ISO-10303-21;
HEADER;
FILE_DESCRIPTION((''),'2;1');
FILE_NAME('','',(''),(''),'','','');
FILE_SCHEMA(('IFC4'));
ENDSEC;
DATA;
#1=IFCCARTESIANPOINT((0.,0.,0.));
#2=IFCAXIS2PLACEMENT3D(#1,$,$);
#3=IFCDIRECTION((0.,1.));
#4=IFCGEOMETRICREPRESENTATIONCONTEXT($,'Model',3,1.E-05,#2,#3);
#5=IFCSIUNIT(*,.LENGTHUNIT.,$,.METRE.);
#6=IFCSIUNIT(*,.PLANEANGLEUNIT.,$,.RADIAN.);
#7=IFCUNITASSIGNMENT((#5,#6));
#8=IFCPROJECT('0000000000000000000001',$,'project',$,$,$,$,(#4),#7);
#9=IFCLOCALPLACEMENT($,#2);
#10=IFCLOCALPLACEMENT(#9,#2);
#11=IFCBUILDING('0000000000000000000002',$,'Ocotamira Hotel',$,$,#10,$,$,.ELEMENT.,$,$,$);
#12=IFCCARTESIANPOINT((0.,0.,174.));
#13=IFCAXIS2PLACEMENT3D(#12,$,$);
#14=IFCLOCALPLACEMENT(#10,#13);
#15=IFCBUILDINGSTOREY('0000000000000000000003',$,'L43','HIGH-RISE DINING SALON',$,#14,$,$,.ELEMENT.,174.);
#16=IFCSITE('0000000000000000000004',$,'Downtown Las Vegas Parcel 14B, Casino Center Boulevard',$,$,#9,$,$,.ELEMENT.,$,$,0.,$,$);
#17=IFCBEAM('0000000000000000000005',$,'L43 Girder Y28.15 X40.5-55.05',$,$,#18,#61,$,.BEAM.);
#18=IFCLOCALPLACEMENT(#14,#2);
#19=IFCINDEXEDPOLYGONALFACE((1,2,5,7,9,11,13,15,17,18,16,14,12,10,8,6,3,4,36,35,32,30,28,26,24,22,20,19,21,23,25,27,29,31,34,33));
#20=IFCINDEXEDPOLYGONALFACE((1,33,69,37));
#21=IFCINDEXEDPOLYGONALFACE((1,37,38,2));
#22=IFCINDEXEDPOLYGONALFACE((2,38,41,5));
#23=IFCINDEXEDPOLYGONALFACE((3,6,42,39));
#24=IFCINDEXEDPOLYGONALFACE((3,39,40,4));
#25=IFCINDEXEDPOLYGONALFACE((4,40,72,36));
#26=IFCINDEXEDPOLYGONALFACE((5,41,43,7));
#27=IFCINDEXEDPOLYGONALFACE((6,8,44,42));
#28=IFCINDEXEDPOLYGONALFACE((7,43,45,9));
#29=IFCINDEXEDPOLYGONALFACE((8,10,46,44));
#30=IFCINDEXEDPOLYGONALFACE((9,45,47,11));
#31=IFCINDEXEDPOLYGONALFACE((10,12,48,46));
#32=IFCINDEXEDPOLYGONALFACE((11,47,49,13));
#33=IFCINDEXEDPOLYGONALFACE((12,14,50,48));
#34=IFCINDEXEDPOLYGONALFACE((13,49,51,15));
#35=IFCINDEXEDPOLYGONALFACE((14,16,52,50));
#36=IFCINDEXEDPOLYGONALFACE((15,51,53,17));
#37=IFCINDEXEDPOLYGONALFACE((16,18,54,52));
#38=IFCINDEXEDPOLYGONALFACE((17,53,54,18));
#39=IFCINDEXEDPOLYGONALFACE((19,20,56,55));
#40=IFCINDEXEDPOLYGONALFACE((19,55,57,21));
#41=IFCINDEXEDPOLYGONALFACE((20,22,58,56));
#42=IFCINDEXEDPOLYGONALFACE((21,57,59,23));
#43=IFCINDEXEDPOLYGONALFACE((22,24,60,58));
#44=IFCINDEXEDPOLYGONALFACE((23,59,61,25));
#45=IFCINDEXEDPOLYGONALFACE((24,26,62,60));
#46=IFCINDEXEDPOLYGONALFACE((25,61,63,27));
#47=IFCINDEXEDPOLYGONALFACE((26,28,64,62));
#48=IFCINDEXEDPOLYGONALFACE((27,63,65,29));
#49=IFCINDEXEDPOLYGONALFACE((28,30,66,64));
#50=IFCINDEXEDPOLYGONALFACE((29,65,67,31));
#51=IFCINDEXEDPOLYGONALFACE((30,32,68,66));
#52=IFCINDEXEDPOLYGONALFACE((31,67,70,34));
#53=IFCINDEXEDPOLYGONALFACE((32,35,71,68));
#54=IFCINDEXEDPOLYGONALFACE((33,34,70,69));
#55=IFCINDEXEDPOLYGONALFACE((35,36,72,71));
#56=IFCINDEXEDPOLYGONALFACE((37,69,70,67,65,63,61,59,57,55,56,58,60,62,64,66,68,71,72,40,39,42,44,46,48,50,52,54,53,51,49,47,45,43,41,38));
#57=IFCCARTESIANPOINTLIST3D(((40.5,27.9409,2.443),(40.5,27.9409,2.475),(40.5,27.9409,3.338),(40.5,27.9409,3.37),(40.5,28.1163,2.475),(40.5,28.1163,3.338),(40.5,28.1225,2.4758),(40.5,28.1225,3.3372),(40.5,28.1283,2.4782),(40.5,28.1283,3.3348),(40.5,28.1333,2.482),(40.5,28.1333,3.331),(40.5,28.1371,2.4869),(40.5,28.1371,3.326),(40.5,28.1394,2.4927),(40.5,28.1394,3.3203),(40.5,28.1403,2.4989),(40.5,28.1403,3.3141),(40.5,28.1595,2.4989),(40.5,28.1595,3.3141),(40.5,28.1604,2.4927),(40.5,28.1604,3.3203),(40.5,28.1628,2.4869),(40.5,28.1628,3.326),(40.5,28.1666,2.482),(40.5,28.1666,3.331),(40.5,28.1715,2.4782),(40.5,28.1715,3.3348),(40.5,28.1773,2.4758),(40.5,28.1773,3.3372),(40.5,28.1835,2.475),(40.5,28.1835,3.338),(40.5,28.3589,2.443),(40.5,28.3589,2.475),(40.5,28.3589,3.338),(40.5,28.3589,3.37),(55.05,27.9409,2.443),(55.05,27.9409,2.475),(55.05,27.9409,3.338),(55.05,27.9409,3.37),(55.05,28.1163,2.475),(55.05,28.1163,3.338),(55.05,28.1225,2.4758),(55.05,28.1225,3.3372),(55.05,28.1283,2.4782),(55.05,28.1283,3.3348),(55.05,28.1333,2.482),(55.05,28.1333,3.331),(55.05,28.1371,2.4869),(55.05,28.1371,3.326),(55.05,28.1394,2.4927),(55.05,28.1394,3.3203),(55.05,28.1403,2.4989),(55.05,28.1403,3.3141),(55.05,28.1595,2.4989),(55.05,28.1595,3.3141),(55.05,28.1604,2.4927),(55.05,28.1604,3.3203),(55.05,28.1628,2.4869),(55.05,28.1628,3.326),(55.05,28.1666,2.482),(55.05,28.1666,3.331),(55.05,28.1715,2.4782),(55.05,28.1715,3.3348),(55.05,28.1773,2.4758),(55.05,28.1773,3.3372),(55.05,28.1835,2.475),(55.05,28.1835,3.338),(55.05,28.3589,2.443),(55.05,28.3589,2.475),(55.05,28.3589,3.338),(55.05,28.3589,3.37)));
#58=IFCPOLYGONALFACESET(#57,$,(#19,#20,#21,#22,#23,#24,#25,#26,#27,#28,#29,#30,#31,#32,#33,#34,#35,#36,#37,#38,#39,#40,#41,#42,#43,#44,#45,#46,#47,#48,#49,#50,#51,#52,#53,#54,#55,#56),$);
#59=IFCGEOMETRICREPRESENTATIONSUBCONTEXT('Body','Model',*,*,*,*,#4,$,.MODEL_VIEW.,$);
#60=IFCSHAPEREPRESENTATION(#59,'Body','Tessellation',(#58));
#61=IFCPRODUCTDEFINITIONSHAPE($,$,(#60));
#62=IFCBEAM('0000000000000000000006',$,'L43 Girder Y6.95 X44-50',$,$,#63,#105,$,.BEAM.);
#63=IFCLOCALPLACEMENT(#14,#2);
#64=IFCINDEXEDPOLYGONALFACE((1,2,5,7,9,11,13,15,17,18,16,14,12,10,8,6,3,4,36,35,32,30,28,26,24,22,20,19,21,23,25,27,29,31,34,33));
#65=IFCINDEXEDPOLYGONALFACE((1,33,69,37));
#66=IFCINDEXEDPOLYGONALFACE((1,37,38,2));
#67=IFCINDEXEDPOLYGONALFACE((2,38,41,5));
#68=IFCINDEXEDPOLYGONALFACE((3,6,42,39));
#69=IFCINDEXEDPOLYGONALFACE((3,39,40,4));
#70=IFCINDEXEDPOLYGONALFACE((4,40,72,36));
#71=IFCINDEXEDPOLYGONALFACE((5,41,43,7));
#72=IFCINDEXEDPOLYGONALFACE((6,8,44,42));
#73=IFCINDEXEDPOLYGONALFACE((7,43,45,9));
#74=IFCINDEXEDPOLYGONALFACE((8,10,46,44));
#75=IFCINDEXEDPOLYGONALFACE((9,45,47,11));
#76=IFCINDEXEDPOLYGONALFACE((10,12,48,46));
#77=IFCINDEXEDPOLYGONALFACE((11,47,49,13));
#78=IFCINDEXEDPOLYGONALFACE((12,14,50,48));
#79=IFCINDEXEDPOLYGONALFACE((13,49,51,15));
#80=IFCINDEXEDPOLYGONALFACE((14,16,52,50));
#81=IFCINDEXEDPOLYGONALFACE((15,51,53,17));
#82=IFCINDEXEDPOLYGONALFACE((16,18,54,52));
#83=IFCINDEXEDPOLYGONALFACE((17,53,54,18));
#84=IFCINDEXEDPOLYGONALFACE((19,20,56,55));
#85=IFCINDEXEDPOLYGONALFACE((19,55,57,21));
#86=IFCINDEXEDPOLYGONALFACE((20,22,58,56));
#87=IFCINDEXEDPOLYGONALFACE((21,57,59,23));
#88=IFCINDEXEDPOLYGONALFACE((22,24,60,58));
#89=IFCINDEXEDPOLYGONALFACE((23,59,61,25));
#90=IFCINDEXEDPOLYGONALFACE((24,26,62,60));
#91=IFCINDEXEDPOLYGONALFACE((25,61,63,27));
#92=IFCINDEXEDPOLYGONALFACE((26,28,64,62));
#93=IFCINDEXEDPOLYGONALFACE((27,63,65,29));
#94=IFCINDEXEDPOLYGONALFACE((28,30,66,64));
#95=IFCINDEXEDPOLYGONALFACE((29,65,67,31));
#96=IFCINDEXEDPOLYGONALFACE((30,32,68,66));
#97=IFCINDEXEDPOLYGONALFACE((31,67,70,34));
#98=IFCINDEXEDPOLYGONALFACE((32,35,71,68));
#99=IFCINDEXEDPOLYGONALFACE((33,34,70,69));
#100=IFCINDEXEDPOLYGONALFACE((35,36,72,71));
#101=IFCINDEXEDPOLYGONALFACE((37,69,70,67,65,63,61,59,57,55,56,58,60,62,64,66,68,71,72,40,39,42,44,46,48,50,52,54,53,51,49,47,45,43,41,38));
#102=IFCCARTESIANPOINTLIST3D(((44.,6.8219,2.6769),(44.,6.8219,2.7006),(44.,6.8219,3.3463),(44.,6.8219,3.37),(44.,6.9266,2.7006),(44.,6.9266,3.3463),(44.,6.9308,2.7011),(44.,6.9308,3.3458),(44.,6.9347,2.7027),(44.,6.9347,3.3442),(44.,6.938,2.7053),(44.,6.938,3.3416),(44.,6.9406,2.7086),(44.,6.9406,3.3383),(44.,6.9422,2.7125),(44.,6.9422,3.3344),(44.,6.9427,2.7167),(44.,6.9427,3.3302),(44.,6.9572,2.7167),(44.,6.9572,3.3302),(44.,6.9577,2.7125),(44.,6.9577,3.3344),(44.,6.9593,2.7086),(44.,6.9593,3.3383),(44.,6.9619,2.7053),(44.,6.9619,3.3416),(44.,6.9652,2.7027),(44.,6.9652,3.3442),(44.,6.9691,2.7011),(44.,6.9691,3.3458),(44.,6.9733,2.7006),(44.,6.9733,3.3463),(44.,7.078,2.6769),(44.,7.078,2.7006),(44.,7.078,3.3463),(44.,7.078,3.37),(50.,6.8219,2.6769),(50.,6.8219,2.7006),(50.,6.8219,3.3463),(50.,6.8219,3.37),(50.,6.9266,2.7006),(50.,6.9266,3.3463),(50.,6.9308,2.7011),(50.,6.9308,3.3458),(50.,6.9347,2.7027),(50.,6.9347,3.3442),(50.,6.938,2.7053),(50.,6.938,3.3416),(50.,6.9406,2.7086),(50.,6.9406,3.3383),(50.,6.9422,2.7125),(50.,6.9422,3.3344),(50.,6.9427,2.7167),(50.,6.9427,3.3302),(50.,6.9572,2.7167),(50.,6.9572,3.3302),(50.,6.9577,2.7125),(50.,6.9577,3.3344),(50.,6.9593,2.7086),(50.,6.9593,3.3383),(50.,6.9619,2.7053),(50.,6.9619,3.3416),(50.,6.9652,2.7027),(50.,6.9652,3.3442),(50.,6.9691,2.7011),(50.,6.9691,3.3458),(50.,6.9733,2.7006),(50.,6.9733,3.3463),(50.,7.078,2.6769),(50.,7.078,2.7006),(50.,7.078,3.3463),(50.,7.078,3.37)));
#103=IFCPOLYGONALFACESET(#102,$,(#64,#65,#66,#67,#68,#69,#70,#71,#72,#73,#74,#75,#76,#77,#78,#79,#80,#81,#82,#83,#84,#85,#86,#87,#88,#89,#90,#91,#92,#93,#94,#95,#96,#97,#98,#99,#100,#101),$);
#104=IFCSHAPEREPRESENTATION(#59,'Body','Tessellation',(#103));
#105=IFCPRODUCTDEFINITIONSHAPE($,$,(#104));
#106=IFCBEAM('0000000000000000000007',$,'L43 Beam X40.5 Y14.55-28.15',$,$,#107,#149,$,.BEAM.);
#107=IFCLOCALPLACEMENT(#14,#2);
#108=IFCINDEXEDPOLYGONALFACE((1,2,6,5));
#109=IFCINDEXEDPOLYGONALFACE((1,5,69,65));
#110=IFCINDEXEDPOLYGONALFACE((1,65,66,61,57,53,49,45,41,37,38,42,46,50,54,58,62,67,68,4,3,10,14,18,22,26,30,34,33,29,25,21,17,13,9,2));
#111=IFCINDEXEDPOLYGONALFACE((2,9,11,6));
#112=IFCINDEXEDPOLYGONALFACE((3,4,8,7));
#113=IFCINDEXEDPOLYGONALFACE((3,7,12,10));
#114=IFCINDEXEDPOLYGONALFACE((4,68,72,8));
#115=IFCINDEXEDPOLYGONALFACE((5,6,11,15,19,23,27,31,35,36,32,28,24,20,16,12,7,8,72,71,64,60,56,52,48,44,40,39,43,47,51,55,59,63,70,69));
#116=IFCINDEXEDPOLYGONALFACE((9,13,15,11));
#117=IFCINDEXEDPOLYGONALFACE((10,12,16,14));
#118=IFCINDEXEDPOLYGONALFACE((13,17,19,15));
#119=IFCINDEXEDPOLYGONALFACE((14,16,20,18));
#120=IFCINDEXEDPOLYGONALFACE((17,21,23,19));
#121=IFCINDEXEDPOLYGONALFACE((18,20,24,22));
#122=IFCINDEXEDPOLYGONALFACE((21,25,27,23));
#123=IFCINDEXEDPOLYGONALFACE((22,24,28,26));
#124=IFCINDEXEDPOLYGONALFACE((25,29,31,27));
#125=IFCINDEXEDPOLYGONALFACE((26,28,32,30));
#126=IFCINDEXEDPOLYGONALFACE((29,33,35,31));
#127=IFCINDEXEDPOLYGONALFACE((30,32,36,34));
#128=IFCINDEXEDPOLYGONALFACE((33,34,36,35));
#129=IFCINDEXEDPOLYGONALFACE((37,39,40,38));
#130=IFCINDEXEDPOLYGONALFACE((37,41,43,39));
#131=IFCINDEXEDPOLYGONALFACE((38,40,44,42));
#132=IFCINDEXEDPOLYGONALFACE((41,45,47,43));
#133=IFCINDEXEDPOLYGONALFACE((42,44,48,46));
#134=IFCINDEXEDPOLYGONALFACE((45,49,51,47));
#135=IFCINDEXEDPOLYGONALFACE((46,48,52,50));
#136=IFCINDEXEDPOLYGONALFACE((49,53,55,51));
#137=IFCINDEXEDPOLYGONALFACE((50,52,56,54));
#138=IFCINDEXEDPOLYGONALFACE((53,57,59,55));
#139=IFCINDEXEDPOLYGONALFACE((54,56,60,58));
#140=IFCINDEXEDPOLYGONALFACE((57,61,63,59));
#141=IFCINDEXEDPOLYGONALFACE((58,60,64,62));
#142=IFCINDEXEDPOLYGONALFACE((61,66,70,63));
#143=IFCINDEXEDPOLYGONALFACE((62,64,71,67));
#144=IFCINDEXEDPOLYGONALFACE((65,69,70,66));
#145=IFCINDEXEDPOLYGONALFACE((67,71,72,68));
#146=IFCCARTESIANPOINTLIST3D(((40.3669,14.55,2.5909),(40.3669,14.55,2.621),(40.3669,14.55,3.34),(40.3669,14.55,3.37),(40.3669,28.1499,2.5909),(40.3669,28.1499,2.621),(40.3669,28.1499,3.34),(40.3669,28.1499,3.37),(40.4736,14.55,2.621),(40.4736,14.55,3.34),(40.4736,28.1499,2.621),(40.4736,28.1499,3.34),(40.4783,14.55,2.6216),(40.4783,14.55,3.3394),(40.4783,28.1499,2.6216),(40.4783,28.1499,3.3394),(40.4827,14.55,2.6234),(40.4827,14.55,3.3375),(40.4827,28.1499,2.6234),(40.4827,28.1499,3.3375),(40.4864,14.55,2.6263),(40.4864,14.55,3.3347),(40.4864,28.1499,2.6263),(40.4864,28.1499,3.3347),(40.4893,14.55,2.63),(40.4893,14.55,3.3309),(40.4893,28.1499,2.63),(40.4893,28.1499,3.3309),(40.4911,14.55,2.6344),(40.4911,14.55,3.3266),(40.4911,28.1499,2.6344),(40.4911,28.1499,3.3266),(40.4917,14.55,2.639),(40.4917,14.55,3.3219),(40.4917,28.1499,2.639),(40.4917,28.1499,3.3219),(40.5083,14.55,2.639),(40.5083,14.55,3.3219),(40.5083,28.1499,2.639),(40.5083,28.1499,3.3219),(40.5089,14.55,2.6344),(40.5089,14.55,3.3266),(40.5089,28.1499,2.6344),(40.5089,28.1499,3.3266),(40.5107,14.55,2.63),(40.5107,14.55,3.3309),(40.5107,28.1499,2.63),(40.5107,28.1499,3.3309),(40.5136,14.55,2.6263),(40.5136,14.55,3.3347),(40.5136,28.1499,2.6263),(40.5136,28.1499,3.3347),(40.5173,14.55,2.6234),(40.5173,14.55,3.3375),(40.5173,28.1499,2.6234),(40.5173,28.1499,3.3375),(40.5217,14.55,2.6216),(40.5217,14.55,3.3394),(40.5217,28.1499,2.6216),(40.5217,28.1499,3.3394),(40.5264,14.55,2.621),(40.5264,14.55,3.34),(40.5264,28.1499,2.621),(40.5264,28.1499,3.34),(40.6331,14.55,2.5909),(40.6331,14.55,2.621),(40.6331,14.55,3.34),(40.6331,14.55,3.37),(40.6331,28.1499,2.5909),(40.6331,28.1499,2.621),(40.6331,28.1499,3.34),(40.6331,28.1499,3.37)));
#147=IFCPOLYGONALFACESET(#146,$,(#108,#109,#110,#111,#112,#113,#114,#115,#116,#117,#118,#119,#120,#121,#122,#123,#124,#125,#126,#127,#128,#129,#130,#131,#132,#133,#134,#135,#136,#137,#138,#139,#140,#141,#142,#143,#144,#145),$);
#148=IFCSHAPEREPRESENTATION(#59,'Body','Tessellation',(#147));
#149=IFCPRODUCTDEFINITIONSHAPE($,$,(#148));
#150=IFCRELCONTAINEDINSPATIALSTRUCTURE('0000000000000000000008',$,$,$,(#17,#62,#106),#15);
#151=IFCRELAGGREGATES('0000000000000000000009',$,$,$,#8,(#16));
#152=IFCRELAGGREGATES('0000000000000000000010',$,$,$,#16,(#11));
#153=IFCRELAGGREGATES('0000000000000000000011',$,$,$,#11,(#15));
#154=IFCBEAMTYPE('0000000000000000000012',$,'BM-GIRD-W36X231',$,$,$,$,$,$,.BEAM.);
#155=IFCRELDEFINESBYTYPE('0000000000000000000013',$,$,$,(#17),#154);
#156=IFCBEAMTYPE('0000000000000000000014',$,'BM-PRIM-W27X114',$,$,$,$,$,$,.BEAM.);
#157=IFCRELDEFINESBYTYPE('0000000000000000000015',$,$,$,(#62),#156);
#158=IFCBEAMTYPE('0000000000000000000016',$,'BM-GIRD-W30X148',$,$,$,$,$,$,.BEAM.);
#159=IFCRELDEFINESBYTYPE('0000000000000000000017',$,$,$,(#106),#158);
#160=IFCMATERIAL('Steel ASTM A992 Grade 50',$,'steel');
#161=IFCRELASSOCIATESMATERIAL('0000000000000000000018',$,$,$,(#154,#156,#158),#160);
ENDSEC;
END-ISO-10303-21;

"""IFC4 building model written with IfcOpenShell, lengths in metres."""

from ifc_helpers import new_model, si_unit, direction, frame, origin, origin_2d, place, context, subcontext, project, spatial, i_section, extrude, source, transform, mapped, material, material_profile, profile_set, type_object, element, save


model = new_model("IFC4")

# Units and contexts
model_context = context("Model", 3, precision=1e-05, world=origin(), true_north=direction((0.0, 1.0)))
body_context = subcontext(model_context, "Body", "Model", "MODEL_VIEW")
ifc_project = project(units=[si_unit("LENGTHUNIT", "METRE"), si_unit("PLANEANGLEUNIT", "RADIAN")], contexts=[model_context])

# Site, building, storey
site_placement = place(None, origin())
site = spatial("IfcSite", under=ifc_project, at=site_placement, Name="Downtown Las Vegas Parcel 14B, Casino Center Boulevard", CompositionType="ELEMENT", RefElevation=0.0)
building_placement = place(site_placement, origin())
building = spatial("IfcBuilding", under=site, at=building_placement, Name="Ocotamira Hotel", CompositionType="ELEMENT")
storey_placement = place(building_placement, frame((0.0, 0.0, 174.0)))
storey = spatial("IfcBuildingStorey", under=building, at=storey_placement, Name="L43", Description="HIGH-RISE DINING SALON", CompositionType="ELEMENT", Elevation=174.0)

# Beams
ifc_material_1 = material(Name="Steel ASTM A992 Grade 50", Category="steel")
ifc_material_profile_1 = material_profile(ifc_material_1, i_section(OverallWidth=0.418, OverallDepth=0.927, WebThickness=0.0193, FlangeThickness=0.032, FilletRadius=0.0239, at=origin_2d()), Name="W36X231")
ifc_profile_set_1 = profile_set([ifc_material_profile_1], Name="Steel ASTM A992 Grade 50")
beam_type_1 = type_object("IfcBeamType", Name="BM-GIRD-W36X231", PredefinedType="BEAM", material=ifc_profile_set_1)
shared_shape_1 = source(origin(), body_context, "Body", "SweptSolid", [
    extrude(i_section(OverallWidth=0.418, OverallDepth=0.927, WebThickness=0.0193, FlangeThickness=0.032, FilletRadius=0.0239, at=origin_2d()), origin(), (0.0, 0.0, 1.0), 14.55),
])
for number, where, z_axis, x_axis, name in (
    (1, (40.5, 28.1499, 2.9065), (1.0, 0.0, 0.0), (0.0, 1.0, 0.0), "L43 Girder Y28.15 X40.5-55.05"),
):
    element("IfcBeam", number, at=place(storey_placement, frame(where, z_axis=z_axis, x_axis=x_axis)), inside=storey, type_object=beam_type_1, Name=name, PredefinedType="BEAM", context=body_context, shape_type="MappedRepresentation", body=[
        mapped(shared_shape_1, transform((0.0, 0.0, 0.0), scale=1.0)),
    ])
ifc_material_profile_2 = material_profile(ifc_material_1, i_section(OverallWidth=0.2561, OverallDepth=0.6931, WebThickness=0.0144, FlangeThickness=0.0237, FilletRadius=0.0161, at=origin_2d()), Name="W27X114")
ifc_profile_set_2 = profile_set([ifc_material_profile_2], Name="Steel ASTM A992 Grade 50")
beam_type_2 = type_object("IfcBeamType", Name="BM-PRIM-W27X114", PredefinedType="BEAM", material=ifc_profile_set_2)
shared_shape_2 = source(origin(), body_context, "Body", "SweptSolid", [
    extrude(i_section(OverallWidth=0.2561, OverallDepth=0.6931, WebThickness=0.0144, FlangeThickness=0.0237, FilletRadius=0.0161, at=origin_2d()), origin(), (0.0, 0.0, 1.0), 6.0),
])
beam_1_placement = place(storey_placement, frame((44.0, 6.95, 3.0234), z_axis=(1.0, 0.0, 0.0), x_axis=(0.0, 1.0, 0.0)))
element("IfcBeam", 2, at=beam_1_placement, inside=storey, type_object=beam_type_2, Name="L43 Girder Y6.95 X44-50", PredefinedType="BEAM", context=body_context, shape_type="MappedRepresentation", body=[
    mapped(shared_shape_2, transform((0.0, 0.0, 0.0), scale=1.0)),
])
ifc_material_profile_3 = material_profile(ifc_material_1, i_section(OverallWidth=0.2661, OverallDepth=0.7791, WebThickness=0.0166, FlangeThickness=0.03, FilletRadius=0.0181, at=origin_2d()), Name="W30X148")
ifc_profile_set_3 = profile_set([ifc_material_profile_3], Name="Steel ASTM A992 Grade 50")
beam_type_3 = type_object("IfcBeamType", Name="BM-GIRD-W30X148", PredefinedType="BEAM", material=ifc_profile_set_3)
shared_shape_3 = source(origin(), body_context, "Body", "SweptSolid", [
    extrude(i_section(OverallWidth=0.2661, OverallDepth=0.7791, WebThickness=0.0166, FlangeThickness=0.03, FilletRadius=0.0181, at=origin_2d()), origin(), (0.0, 0.0, 1.0), 13.5999),
])
beam_2_placement = place(storey_placement, frame((40.5, 14.55, 2.9805), z_axis=(0.0, 1.0, 0.0), x_axis=(-1.0, 0.0, 0.0)))
element("IfcBeam", 3, at=beam_2_placement, inside=storey, type_object=beam_type_3, Name="L43 Beam X40.5 Y14.55-28.15", PredefinedType="BEAM", context=body_context, shape_type="MappedRepresentation", body=[
    mapped(shared_shape_3, transform((0.0, 0.0, 0.0), scale=1.0)),
])

save(model, "model.ifc")
